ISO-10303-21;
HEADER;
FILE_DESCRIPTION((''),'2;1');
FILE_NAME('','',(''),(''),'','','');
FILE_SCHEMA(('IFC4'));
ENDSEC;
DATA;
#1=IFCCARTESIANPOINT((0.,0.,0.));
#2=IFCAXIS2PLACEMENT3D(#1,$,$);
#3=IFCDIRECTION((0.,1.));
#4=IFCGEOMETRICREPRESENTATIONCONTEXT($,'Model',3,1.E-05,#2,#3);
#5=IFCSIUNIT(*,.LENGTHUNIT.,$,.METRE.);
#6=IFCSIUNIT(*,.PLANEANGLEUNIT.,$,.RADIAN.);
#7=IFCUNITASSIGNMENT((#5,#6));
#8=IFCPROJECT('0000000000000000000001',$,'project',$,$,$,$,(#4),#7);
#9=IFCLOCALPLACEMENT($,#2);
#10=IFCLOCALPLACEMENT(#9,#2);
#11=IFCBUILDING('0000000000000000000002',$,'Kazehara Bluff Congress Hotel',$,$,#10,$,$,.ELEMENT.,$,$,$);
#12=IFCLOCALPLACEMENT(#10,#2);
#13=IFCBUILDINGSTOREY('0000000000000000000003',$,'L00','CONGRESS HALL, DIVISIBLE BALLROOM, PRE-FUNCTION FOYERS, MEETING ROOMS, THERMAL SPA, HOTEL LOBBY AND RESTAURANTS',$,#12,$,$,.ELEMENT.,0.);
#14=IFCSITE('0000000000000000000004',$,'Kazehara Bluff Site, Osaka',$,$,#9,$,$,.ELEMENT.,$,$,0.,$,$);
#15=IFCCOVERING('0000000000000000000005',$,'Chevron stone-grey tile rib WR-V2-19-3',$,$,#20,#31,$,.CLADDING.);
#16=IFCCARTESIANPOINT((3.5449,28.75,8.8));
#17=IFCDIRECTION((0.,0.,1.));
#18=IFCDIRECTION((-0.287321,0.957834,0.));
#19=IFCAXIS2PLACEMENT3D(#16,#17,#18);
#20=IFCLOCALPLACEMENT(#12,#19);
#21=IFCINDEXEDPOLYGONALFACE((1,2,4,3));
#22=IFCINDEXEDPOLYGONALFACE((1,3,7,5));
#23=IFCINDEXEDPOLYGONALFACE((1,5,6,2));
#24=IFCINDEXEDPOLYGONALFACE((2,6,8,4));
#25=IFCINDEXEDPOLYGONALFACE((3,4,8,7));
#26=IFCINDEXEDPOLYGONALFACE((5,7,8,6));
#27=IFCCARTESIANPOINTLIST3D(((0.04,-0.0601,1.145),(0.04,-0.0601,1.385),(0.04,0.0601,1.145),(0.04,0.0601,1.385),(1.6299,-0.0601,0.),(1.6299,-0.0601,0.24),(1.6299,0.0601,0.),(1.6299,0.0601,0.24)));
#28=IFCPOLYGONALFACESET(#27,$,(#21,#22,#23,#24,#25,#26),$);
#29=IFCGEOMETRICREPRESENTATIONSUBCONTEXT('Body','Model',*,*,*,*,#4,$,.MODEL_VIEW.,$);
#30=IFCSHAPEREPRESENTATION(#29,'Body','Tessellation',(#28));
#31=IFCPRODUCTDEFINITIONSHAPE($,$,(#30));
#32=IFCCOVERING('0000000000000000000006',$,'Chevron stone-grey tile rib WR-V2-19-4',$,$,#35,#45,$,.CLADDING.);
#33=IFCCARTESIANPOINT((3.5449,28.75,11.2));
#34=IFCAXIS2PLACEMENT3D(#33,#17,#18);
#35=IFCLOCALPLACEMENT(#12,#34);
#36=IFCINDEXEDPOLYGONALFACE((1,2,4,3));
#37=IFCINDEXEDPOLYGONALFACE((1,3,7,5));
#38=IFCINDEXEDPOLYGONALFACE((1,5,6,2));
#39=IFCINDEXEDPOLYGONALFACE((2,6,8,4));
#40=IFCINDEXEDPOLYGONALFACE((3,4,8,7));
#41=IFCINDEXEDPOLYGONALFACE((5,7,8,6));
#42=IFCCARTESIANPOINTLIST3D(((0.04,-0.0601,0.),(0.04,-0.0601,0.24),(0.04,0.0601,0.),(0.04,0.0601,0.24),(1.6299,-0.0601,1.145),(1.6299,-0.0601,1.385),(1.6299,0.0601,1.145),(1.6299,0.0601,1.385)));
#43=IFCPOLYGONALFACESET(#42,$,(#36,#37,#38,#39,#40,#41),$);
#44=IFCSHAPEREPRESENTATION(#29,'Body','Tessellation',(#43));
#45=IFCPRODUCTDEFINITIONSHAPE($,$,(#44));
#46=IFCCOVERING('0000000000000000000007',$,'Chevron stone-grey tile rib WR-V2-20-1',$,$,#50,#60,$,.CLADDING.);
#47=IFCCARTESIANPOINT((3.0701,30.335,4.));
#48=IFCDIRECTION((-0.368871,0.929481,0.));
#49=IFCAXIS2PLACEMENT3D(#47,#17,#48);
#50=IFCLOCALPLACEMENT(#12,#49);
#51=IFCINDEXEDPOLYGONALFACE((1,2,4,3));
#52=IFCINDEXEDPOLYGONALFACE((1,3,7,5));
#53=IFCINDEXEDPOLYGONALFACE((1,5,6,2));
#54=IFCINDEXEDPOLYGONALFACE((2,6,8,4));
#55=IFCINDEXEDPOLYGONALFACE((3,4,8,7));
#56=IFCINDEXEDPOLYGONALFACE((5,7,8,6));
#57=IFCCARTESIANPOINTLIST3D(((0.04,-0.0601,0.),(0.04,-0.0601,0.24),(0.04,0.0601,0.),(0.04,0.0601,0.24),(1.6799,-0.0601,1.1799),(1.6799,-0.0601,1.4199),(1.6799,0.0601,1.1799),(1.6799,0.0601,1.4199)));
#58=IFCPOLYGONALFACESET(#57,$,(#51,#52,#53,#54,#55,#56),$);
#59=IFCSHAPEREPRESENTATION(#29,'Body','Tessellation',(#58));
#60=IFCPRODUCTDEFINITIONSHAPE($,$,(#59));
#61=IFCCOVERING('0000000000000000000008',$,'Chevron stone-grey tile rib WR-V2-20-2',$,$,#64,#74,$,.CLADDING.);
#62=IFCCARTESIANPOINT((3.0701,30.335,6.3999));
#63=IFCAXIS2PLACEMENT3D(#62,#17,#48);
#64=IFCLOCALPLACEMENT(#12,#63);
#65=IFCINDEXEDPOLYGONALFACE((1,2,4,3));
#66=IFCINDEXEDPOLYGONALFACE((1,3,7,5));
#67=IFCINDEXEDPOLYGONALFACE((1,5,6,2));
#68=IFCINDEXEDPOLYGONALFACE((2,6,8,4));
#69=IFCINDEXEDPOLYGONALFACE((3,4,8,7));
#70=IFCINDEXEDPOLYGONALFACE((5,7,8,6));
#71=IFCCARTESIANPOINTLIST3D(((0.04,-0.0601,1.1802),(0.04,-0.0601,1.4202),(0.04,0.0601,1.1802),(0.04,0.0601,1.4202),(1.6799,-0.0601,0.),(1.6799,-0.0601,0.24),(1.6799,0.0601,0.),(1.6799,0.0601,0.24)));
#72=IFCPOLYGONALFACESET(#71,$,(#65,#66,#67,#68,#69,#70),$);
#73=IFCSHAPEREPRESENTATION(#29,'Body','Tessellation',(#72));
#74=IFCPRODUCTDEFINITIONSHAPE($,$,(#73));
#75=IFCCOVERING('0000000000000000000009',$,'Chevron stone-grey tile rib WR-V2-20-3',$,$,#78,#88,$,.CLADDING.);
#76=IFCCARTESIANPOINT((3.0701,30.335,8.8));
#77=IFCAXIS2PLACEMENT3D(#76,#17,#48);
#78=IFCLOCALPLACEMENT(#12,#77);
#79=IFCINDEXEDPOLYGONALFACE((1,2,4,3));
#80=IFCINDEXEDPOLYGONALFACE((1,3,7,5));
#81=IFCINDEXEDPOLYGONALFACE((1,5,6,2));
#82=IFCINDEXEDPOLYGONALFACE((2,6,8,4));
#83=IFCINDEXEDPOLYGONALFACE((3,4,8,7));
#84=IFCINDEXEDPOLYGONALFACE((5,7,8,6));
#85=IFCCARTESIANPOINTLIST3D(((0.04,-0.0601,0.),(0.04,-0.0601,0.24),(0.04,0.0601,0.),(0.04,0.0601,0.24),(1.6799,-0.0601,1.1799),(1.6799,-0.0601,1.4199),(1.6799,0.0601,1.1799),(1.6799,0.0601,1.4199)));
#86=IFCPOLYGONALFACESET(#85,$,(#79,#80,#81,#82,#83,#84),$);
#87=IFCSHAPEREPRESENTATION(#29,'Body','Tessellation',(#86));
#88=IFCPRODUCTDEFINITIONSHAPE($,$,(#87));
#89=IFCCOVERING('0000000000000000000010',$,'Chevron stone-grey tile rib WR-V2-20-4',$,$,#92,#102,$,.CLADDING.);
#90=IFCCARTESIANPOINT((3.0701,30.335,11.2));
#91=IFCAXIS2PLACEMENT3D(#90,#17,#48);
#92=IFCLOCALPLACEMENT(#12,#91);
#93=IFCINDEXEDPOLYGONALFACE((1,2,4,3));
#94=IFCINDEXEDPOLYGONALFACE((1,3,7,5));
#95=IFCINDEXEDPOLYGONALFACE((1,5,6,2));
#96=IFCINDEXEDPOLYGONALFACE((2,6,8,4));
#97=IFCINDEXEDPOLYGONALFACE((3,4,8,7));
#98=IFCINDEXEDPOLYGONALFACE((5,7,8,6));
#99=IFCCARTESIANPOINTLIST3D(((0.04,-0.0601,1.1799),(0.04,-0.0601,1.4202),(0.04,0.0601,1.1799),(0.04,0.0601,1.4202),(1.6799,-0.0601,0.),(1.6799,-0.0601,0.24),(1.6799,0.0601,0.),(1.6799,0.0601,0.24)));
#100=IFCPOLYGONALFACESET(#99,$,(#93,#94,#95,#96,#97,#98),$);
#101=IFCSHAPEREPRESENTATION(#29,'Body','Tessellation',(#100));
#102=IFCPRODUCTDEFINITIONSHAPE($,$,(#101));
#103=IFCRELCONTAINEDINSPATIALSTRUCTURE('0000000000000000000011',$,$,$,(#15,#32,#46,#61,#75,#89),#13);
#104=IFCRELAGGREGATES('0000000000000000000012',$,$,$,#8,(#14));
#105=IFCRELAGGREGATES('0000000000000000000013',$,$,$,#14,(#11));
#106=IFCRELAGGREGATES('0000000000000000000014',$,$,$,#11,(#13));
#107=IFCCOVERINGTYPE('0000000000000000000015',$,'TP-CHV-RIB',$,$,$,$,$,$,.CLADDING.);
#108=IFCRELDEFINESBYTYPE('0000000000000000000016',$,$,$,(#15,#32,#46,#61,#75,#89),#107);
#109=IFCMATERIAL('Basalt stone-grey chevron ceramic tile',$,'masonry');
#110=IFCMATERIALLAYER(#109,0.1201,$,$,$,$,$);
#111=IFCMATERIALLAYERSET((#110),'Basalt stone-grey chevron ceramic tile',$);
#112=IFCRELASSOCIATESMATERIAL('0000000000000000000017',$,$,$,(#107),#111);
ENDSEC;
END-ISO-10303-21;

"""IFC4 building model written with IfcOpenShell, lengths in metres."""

from ifc_helpers import new_model, si_unit, direction, frame, origin, place, context, subcontext, project, spatial, polyline, outline, extrude, material, layer, layer_set, type_object, element, save


model = new_model("IFC4")

# Units and contexts
model_context = context("Model", 3, precision=1e-05, world=origin(), true_north=direction((0.0, 1.0)))
body_context = subcontext(model_context, "Body", "Model", "MODEL_VIEW")
ifc_project = project(units=[si_unit("LENGTHUNIT", "METRE"), si_unit("PLANEANGLEUNIT", "RADIAN")], contexts=[model_context])

# Site, building, storey
site_placement = place(None, origin())
site = spatial("IfcSite", under=ifc_project, at=site_placement, Name="Kazehara Bluff Site, Osaka", CompositionType="ELEMENT", RefElevation=0.0)
building_placement = place(site_placement, origin())
building = spatial("IfcBuilding", under=site, at=building_placement, Name="Kazehara Bluff Congress Hotel", CompositionType="ELEMENT")
storey_placement = place(building_placement, origin())
storey = spatial("IfcBuildingStorey", under=building, at=storey_placement, Name="L00", Description="CONGRESS HALL, DIVISIBLE BALLROOM, PRE-FUNCTION FOYERS, MEETING ROOMS, THERMAL SPA, HOTEL LOBBY AND RESTAURANTS", CompositionType="ELEMENT", Elevation=0.0)

# Coverings
ifc_material_1 = material(Name="Basalt stone-grey chevron ceramic tile", Category="masonry")
ifc_layer_1 = layer(ifc_material_1, 0.1201)
ifc_layer_set_1 = layer_set([ifc_layer_1], Name="Basalt stone-grey chevron ceramic tile")
covering_type_1 = type_object("IfcCoveringType", Name="TP-CHV-RIB", PredefinedType="CLADDING", material=ifc_layer_set_1)
covering_1_placement = place(storey_placement, frame((3.5449, 28.75, 8.8), z_axis=(0.0, 0.0, 1.0), x_axis=(-0.287321, 0.957834, 0.0)))
element("IfcCovering", 1, at=covering_1_placement, inside=storey, type_object=covering_type_1, Name="Chevron stone-grey tile rib WR-V2-19-3", PredefinedType="CLADDING", context=body_context, shape_type="SweptSolid", body=[
    extrude(outline(polyline([(0.04, 1.145), (1.6299, 0.0), (1.6299, 0.24), (0.04, 1.385), (0.04, 1.145)])), frame((0.0, 0.0601, 0.0), z_axis=(0.0, -1.0, 0.0), x_axis=(1.0, 0.0, 0.0)), (0.0, 0.0, 1.0), 0.1201),
])
covering_2_placement = place(storey_placement, frame((3.5449, 28.75, 11.2), z_axis=(0.0, 0.0, 1.0), x_axis=(-0.287321, 0.957834, 0.0)))
element("IfcCovering", 2, at=covering_2_placement, inside=storey, type_object=covering_type_1, Name="Chevron stone-grey tile rib WR-V2-19-4", PredefinedType="CLADDING", context=body_context, shape_type="SweptSolid", body=[
    extrude(outline(polyline([(0.04, 0.0), (1.6299, 1.145), (1.6299, 1.385), (0.04, 0.24), (0.04, 0.0)])), frame((0.0, 0.0601, 0.0), z_axis=(0.0, -1.0, 0.0), x_axis=(1.0, 0.0, 0.0)), (0.0, 0.0, 1.0), 0.1201),
])
covering_3_placement = place(storey_placement, frame((3.0701, 30.335, 4.0), z_axis=(0.0, 0.0, 1.0), x_axis=(-0.368871, 0.929481, 0.0)))
element("IfcCovering", 3, at=covering_3_placement, inside=storey, type_object=covering_type_1, Name="Chevron stone-grey tile rib WR-V2-20-1", PredefinedType="CLADDING", context=body_context, shape_type="SweptSolid", body=[
    extrude(outline(polyline([(0.04, 0.0), (1.6799, 1.1799), (1.6799, 1.4199), (0.04, 0.24), (0.04, 0.0)])), frame((0.0, 0.0601, 0.0), z_axis=(0.0, -1.0, 0.0), x_axis=(1.0, 0.0, 0.0)), (0.0, 0.0, 1.0), 0.1201),
])
covering_4_placement = place(storey_placement, frame((3.0701, 30.335, 6.3999), z_axis=(0.0, 0.0, 1.0), x_axis=(-0.368871, 0.929481, 0.0)))
element("IfcCovering", 4, at=covering_4_placement, inside=storey, type_object=covering_type_1, Name="Chevron stone-grey tile rib WR-V2-20-2", PredefinedType="CLADDING", context=body_context, shape_type="SweptSolid", body=[
    extrude(outline(polyline([(0.04, 1.1802), (1.6799, 0.0), (1.6799, 0.24), (0.04, 1.4202), (0.04, 1.1802)])), frame((0.0, 0.0601, 0.0), z_axis=(0.0, -1.0, 0.0), x_axis=(1.0, 0.0, 0.0)), (0.0, 0.0, 1.0), 0.1201),
])
covering_5_placement = place(storey_placement, frame((3.0701, 30.335, 8.8), z_axis=(0.0, 0.0, 1.0), x_axis=(-0.368871, 0.929481, 0.0)))
element("IfcCovering", 5, at=covering_5_placement, inside=storey, type_object=covering_type_1, Name="Chevron stone-grey tile rib WR-V2-20-3", PredefinedType="CLADDING", context=body_context, shape_type="SweptSolid", body=[
    extrude(outline(polyline([(0.04, 0.0), (1.6799, 1.1799), (1.6799, 1.4199), (0.04, 0.24), (0.04, 0.0)])), frame((0.0, 0.0601, 0.0), z_axis=(0.0, -1.0, 0.0), x_axis=(1.0, 0.0, 0.0)), (0.0, 0.0, 1.0), 0.1201),
])
covering_6_placement = place(storey_placement, frame((3.0701, 30.335, 11.2), z_axis=(0.0, 0.0, 1.0), x_axis=(-0.368871, 0.929481, 0.0)))
element("IfcCovering", 6, at=covering_6_placement, inside=storey, type_object=covering_type_1, Name="Chevron stone-grey tile rib WR-V2-20-4", PredefinedType="CLADDING", context=body_context, shape_type="SweptSolid", body=[
    extrude(outline(polyline([(0.04, 1.1799), (1.6799, 0.0), (1.6799, 0.24), (0.04, 1.4202), (0.04, 1.1799)])), frame((0.0, 0.0601, 0.0), z_axis=(0.0, -1.0, 0.0), x_axis=(1.0, 0.0, 0.0)), (0.0, 0.0, 1.0), 0.1201),
])

save(model, "model.ifc")
